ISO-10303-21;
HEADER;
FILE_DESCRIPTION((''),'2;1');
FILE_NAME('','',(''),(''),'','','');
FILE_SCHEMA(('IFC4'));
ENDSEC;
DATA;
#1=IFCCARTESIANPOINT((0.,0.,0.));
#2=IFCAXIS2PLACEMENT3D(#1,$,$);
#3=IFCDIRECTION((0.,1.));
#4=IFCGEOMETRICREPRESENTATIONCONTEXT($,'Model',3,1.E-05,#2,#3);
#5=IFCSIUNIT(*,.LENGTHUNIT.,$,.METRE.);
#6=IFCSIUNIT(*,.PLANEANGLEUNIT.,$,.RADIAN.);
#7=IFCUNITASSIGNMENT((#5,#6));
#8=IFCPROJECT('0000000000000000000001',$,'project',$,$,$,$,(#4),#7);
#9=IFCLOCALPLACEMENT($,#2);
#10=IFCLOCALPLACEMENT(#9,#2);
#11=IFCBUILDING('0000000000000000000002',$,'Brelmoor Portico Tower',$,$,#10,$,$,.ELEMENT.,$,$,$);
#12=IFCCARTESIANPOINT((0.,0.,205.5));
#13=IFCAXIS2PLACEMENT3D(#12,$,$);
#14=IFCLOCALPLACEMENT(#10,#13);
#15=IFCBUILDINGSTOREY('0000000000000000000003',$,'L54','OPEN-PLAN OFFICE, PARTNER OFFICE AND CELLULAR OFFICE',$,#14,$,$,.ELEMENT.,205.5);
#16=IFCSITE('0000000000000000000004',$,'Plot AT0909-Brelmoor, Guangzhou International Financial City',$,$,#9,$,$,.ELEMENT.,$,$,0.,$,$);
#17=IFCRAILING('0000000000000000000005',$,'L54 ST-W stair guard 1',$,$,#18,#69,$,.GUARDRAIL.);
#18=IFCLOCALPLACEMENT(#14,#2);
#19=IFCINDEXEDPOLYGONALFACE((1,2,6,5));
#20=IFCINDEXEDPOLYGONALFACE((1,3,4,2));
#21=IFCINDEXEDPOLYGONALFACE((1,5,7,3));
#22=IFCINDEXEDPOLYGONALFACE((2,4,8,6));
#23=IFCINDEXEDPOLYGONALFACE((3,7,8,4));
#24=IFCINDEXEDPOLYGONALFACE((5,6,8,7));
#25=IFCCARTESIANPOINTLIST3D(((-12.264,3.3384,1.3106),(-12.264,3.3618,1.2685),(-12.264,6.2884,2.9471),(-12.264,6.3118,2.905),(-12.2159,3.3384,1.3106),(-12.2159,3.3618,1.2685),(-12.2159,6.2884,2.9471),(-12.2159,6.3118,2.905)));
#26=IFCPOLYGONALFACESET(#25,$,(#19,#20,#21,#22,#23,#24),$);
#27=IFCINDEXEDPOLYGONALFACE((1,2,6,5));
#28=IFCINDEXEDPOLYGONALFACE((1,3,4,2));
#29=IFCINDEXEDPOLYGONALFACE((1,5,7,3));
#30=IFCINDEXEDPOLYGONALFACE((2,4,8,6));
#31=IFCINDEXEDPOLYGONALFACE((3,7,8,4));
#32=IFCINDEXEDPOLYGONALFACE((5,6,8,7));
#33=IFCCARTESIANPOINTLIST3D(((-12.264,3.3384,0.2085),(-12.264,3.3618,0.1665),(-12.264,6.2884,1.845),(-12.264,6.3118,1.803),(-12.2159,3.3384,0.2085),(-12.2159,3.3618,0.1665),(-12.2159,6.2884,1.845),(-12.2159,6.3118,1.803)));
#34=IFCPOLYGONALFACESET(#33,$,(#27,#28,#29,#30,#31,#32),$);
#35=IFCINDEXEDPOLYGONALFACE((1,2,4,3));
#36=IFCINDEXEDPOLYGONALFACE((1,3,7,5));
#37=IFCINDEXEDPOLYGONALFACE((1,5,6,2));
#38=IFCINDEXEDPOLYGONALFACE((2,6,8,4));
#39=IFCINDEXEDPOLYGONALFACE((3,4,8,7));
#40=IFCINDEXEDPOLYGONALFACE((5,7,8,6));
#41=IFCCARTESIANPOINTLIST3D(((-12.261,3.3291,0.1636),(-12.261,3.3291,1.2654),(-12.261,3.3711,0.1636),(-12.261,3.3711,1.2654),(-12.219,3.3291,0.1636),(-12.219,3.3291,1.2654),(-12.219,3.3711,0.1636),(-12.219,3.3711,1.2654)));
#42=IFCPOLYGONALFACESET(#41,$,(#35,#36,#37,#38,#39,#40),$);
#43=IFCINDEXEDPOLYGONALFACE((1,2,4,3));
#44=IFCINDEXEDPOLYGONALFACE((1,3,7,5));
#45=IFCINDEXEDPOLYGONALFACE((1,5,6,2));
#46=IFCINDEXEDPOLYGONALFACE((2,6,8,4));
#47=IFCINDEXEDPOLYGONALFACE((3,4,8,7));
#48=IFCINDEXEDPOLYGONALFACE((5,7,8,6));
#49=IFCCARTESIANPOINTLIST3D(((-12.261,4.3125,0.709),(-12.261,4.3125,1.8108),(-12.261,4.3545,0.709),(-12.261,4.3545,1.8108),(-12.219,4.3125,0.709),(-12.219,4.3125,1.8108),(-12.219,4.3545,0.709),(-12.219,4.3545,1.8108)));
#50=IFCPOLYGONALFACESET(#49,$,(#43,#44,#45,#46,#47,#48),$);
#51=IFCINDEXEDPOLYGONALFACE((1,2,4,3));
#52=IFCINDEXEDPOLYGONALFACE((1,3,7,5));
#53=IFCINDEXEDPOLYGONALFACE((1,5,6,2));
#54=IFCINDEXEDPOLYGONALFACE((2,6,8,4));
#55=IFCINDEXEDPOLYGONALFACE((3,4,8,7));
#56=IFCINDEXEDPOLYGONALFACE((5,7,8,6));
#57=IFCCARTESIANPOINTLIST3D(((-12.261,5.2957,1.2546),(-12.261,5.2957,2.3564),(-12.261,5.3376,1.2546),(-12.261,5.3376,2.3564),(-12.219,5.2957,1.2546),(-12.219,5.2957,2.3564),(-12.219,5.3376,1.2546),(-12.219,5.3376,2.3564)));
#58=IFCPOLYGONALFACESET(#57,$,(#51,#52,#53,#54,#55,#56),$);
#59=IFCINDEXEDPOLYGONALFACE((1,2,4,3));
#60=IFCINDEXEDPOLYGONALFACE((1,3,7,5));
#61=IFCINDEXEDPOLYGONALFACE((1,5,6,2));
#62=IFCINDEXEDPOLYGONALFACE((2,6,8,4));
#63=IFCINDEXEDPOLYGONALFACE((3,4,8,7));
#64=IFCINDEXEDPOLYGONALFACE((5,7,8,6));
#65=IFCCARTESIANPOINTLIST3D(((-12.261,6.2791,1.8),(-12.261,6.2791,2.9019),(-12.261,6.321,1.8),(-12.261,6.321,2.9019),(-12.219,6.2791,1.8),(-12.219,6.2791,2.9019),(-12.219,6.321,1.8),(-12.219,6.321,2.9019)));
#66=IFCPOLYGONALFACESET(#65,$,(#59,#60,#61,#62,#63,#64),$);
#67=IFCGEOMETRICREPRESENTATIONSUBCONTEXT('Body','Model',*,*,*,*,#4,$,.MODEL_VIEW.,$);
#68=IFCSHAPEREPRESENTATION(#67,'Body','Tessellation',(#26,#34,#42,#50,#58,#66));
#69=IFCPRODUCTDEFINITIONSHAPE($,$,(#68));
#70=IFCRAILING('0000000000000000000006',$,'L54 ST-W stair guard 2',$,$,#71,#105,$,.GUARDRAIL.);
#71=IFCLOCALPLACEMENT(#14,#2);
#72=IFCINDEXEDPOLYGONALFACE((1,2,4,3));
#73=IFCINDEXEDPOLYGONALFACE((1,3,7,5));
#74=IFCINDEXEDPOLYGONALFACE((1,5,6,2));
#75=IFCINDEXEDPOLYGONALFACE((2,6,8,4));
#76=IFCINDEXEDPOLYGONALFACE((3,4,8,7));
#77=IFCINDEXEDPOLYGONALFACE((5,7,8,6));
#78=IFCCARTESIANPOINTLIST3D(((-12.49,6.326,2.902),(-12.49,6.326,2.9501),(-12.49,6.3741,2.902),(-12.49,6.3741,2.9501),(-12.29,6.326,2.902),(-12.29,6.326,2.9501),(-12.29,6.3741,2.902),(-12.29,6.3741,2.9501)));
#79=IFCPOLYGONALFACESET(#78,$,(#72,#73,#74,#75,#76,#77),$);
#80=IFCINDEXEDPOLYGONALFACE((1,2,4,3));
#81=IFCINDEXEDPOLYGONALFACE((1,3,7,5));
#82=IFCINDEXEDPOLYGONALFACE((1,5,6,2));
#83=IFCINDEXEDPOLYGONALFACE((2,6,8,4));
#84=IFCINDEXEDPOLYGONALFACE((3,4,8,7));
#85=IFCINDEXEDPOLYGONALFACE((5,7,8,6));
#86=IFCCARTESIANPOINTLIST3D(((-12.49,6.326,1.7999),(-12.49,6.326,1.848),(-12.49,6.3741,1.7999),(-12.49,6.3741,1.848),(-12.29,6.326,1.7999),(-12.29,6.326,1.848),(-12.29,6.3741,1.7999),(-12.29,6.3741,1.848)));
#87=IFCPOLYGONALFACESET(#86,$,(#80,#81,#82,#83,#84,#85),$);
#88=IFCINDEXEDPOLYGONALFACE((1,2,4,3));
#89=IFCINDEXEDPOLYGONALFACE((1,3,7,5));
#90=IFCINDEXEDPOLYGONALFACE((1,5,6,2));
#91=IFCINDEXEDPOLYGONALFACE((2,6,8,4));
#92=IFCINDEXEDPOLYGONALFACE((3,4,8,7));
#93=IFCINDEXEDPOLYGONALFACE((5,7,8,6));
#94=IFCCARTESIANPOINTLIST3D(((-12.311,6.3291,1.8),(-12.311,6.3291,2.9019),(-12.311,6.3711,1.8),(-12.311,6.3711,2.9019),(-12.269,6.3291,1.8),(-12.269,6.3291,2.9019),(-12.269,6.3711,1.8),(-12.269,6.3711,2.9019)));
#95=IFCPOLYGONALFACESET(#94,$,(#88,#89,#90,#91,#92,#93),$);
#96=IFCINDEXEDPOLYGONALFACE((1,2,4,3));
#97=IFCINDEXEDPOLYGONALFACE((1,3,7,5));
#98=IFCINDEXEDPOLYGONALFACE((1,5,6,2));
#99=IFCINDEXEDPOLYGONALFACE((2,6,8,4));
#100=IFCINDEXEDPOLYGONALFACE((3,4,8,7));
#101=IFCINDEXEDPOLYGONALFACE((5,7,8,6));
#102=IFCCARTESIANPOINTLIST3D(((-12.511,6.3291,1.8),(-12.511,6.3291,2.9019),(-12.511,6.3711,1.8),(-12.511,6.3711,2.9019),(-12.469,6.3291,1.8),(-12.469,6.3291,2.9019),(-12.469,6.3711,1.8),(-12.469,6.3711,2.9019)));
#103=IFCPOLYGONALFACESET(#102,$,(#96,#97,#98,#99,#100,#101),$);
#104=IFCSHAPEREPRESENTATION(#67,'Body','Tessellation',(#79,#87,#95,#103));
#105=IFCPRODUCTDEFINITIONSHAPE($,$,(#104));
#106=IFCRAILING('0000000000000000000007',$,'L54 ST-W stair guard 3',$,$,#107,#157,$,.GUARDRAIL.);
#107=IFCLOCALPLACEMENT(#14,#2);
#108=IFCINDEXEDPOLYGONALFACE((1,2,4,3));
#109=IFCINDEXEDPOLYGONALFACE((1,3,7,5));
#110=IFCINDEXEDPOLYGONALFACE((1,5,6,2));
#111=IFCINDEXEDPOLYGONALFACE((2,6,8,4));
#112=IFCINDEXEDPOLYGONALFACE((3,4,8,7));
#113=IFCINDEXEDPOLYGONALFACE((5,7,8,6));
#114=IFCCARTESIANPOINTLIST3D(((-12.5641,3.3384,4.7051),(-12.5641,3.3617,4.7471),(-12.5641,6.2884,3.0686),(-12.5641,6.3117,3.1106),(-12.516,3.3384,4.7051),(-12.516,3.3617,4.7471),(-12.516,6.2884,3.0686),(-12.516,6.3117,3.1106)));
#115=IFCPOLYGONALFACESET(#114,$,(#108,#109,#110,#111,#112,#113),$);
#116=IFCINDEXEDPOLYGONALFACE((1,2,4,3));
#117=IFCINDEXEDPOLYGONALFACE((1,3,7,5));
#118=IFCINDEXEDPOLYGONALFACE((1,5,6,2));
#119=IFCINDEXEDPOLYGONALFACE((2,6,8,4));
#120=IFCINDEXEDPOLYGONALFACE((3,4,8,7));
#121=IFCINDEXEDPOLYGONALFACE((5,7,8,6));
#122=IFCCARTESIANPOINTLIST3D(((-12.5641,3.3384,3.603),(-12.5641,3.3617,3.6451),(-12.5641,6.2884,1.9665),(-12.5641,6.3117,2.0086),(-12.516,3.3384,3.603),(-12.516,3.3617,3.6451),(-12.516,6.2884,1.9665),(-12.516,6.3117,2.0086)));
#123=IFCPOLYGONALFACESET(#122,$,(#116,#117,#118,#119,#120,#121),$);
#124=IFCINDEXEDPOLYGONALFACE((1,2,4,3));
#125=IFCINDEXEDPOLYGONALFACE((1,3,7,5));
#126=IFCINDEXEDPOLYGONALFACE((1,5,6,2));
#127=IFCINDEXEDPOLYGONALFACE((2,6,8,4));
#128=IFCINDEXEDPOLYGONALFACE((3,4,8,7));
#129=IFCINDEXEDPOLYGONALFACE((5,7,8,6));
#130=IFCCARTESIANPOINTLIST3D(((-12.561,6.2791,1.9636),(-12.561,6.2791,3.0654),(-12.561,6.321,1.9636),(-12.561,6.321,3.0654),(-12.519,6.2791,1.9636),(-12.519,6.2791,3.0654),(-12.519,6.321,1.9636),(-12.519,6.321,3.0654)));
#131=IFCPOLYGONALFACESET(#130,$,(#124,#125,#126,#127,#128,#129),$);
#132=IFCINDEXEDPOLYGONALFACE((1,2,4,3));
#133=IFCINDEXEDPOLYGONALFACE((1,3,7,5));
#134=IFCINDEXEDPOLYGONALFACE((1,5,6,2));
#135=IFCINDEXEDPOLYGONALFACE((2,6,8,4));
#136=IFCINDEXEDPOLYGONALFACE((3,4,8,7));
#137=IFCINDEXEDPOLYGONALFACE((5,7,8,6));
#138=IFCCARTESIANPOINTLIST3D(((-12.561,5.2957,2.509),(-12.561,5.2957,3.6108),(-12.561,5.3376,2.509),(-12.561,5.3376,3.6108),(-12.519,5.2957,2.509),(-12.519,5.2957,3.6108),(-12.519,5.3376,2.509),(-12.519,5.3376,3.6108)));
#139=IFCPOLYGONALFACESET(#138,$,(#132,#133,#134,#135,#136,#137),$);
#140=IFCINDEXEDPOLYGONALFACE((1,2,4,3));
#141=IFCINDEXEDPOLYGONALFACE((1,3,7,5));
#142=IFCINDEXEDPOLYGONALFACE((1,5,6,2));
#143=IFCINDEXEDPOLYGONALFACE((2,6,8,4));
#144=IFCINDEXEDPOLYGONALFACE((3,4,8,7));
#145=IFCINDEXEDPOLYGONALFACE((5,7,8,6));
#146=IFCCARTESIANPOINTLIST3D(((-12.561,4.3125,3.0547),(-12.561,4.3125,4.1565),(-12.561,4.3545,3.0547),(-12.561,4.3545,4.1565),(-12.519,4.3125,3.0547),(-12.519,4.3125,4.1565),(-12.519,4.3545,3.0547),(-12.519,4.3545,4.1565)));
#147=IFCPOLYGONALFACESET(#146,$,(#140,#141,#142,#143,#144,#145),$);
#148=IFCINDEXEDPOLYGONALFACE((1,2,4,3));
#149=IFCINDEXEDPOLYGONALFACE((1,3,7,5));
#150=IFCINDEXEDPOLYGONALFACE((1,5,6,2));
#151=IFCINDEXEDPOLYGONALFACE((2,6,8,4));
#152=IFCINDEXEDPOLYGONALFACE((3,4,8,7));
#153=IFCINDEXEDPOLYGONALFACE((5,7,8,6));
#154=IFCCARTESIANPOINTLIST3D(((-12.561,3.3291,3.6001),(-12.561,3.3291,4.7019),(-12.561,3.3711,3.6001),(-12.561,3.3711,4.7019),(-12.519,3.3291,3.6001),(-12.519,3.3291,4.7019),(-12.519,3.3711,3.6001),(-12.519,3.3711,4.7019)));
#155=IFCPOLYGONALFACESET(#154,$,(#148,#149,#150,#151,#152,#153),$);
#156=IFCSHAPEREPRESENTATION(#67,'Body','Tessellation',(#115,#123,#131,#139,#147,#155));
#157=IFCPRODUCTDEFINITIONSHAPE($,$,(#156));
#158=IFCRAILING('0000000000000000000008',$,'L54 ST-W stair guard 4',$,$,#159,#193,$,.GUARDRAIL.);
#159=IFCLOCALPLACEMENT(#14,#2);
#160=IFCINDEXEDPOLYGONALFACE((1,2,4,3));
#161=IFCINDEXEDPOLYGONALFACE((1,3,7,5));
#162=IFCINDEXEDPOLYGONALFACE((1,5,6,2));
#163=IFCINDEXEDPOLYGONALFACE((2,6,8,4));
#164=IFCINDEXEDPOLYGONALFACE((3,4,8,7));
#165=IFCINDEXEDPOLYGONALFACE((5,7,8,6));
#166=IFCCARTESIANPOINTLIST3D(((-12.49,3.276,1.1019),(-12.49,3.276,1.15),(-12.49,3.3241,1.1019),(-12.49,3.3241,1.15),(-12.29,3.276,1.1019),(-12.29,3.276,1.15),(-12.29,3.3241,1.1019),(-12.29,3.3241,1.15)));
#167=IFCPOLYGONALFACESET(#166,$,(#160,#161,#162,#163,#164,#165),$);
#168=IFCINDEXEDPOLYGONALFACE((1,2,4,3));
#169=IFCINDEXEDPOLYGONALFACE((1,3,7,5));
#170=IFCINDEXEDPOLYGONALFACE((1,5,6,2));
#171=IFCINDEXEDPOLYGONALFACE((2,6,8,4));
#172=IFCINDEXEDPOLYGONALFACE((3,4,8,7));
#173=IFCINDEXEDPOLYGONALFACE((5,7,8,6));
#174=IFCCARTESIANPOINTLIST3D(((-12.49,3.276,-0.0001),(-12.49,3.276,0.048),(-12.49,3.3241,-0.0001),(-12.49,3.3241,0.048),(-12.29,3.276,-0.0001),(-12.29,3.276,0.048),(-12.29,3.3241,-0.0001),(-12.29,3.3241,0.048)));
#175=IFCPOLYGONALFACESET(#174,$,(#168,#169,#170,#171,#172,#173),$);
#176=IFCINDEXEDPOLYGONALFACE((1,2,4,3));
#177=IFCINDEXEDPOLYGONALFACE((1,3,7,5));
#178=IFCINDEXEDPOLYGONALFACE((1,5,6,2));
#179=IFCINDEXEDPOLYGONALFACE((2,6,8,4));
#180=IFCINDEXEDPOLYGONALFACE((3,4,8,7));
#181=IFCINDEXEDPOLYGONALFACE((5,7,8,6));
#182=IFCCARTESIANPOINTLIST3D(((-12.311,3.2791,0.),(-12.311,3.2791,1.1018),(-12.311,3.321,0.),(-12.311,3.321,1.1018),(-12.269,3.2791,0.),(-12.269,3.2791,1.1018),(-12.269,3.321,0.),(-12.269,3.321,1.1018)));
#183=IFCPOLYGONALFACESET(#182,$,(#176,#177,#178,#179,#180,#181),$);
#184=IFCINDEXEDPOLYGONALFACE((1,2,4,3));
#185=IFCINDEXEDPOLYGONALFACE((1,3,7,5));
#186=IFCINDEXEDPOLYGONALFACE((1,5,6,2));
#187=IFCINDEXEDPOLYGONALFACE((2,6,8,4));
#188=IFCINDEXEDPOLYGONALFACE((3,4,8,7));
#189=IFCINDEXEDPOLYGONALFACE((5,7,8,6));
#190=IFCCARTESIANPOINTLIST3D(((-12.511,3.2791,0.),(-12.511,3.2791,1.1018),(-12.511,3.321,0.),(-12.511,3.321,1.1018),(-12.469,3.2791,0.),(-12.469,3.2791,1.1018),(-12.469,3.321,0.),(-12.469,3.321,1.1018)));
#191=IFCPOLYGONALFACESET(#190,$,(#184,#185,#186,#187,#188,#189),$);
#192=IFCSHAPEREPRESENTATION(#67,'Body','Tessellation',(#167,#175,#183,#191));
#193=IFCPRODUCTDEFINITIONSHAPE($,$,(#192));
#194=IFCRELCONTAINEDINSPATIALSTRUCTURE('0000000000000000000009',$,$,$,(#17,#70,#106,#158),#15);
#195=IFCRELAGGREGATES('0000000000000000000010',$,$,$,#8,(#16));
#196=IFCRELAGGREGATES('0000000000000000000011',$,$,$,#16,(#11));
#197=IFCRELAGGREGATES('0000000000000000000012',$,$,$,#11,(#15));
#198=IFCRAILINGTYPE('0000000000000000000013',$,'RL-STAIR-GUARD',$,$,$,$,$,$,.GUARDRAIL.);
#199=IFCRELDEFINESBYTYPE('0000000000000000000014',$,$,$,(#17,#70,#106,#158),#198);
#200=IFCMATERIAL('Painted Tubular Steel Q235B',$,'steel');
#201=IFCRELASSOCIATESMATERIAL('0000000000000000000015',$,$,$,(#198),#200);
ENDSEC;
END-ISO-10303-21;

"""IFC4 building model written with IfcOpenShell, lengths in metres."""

from ifc_helpers import new_model, si_unit, direction, frame, origin, origin_2d, place, context, subcontext, project, spatial, rectangle, extrude, material, type_object, element, save


model = new_model("IFC4")

# Units and contexts
model_context = context("Model", 3, precision=1e-05, world=origin(), true_north=direction((0.0, 1.0)))
body_context = subcontext(model_context, "Body", "Model", "MODEL_VIEW")
ifc_project = project(units=[si_unit("LENGTHUNIT", "METRE"), si_unit("PLANEANGLEUNIT", "RADIAN")], contexts=[model_context])

# Site, building, storey
site_placement = place(None, origin())
site = spatial("IfcSite", under=ifc_project, at=site_placement, Name="Plot AT0909-Brelmoor, Guangzhou International Financial City", CompositionType="ELEMENT", RefElevation=0.0)
building_placement = place(site_placement, origin())
building = spatial("IfcBuilding", under=site, at=building_placement, Name="Brelmoor Portico Tower", CompositionType="ELEMENT")
storey_placement = place(building_placement, frame((0.0, 0.0, 205.5)))
storey = spatial("IfcBuildingStorey", under=building, at=storey_placement, Name="L54", Description="OPEN-PLAN OFFICE, PARTNER OFFICE AND CELLULAR OFFICE", CompositionType="ELEMENT", Elevation=205.5)

# Railings
ifc_material_1 = material(Name="Painted Tubular Steel Q235B", Category="steel")
railing_type_1 = type_object("IfcRailingType", Name="RL-STAIR-GUARD", PredefinedType="GUARDRAIL", material=ifc_material_1)
railing_1_placement = place(storey_placement, frame((-12.24, 3.3501, 0.1636)))
element("IfcRailing", 1, at=railing_1_placement, inside=storey, type_object=railing_type_1, Name="L54 ST-W stair guard 1", PredefinedType="GUARDRAIL", context=body_context, shape_type="SweptSolid", body=[
    extrude(rectangle(XDim=0.0481, YDim=0.0481, at=origin_2d()), frame((0.0, 0.0, 1.126), z_axis=(0.0, 0.874458, 0.485102), x_axis=(-1.0, 0.0, 0.0)), (0.0, 0.0, 1.0), 3.3735),
    extrude(rectangle(XDim=0.0481, YDim=0.0481, at=origin_2d()), frame((0.0, 0.0, 0.0239), z_axis=(0.0, 0.874458, 0.485102), x_axis=(-1.0, 0.0, 0.0)), (0.0, 0.0, 1.0), 3.3735),
    extrude(rectangle(XDim=0.042, YDim=0.042, at=origin_2d()), origin(), (0.0, 0.0, 1.0), 1.1018),
    extrude(rectangle(XDim=0.042, YDim=0.042, at=origin_2d()), frame((0.0, 0.9834, 0.5454)), (0.0, 0.0, 1.0), 1.1018),
    extrude(rectangle(XDim=0.042, YDim=0.042, at=origin_2d()), frame((0.0, 1.9666, 1.0911)), (0.0, 0.0, 1.0), 1.1018),
    extrude(rectangle(XDim=0.042, YDim=0.042, at=origin_2d()), frame((0.0, 2.95, 1.6365)), (0.0, 0.0, 1.0), 1.1018),
])
railing_2_placement = place(storey_placement, frame((-12.29, 6.3501, 1.8)))
element("IfcRailing", 2, at=railing_2_placement, inside=storey, type_object=railing_type_1, Name="L54 ST-W stair guard 2", PredefinedType="GUARDRAIL", context=body_context, shape_type="SweptSolid", body=[
    extrude(rectangle(XDim=0.0481, YDim=0.0481, at=origin_2d()), frame((0.0, 0.0, 1.126), z_axis=(-1.0, 0.0, 0.0), x_axis=(0.0, -1.0, 0.0)), (0.0, 0.0, 1.0), 0.2),
    extrude(rectangle(XDim=0.0481, YDim=0.0481, at=origin_2d()), frame((0.0, 0.0, 0.0239), z_axis=(-1.0, 0.0, 0.0), x_axis=(0.0, -1.0, 0.0)), (0.0, 0.0, 1.0), 0.2),
    extrude(rectangle(XDim=0.042, YDim=0.042, at=origin_2d()), origin(), (0.0, 0.0, 1.0), 1.1018),
    extrude(rectangle(XDim=0.042, YDim=0.042, at=origin_2d()), frame((-0.2, 0.0, 0.0)), (0.0, 0.0, 1.0), 1.1018),
])
railing_3_placement = place(storey_placement, frame((-12.54, 6.3, 1.9636)))
element("IfcRailing", 3, at=railing_3_placement, inside=storey, type_object=railing_type_1, Name="L54 ST-W stair guard 3", PredefinedType="GUARDRAIL", context=body_context, shape_type="SweptSolid", body=[
    extrude(rectangle(XDim=0.0481, YDim=0.0481, at=origin_2d()), frame((0.0, 0.0, 1.126), z_axis=(0.0, -0.874458, 0.485102), x_axis=(1.0, 0.0, 0.0)), (0.0, 0.0, 1.0), 3.3735),
    extrude(rectangle(XDim=0.0481, YDim=0.0481, at=origin_2d()), frame((0.0, 0.0, 0.0239), z_axis=(0.0, -0.874458, 0.485102), x_axis=(1.0, 0.0, 0.0)), (0.0, 0.0, 1.0), 3.3735),
    extrude(rectangle(XDim=0.042, YDim=0.042, at=origin_2d()), origin(), (0.0, 0.0, 1.0), 1.1018),
    extrude(rectangle(XDim=0.042, YDim=0.042, at=origin_2d()), frame((0.0, -0.9834, 0.5454)), (0.0, 0.0, 1.0), 1.1018),
    extrude(rectangle(XDim=0.042, YDim=0.042, at=origin_2d()), frame((0.0, -1.9666, 1.0911)), (0.0, 0.0, 1.0), 1.1018),
    extrude(rectangle(XDim=0.042, YDim=0.042, at=origin_2d()), frame((0.0, -2.95, 1.6365)), (0.0, 0.0, 1.0), 1.1018),
])
railing_4_placement = place(storey_placement, frame((-12.29, 3.3, 0.0)))
element("IfcRailing", 4, at=railing_4_placement, inside=storey, type_object=railing_type_1, Name="L54 ST-W stair guard 4", PredefinedType="GUARDRAIL", context=body_context, shape_type="SweptSolid", body=[
    extrude(rectangle(XDim=0.0481, YDim=0.0481, at=origin_2d()), frame((0.0, 0.0, 1.126), z_axis=(-1.0, 0.0, 0.0), x_axis=(0.0, -1.0, 0.0)), (0.0, 0.0, 1.0), 0.2),
    extrude(rectangle(XDim=0.0481, YDim=0.0481, at=origin_2d()), frame((0.0, 0.0, 0.0239), z_axis=(-1.0, 0.0, 0.0), x_axis=(0.0, -1.0, 0.0)), (0.0, 0.0, 1.0), 0.2),
    extrude(rectangle(XDim=0.042, YDim=0.042, at=origin_2d()), origin(), (0.0, 0.0, 1.0), 1.1018),
    extrude(rectangle(XDim=0.042, YDim=0.042, at=origin_2d()), frame((-0.2, 0.0, 0.0)), (0.0, 0.0, 1.0), 1.1018),
])

save(model, "model.ifc")
